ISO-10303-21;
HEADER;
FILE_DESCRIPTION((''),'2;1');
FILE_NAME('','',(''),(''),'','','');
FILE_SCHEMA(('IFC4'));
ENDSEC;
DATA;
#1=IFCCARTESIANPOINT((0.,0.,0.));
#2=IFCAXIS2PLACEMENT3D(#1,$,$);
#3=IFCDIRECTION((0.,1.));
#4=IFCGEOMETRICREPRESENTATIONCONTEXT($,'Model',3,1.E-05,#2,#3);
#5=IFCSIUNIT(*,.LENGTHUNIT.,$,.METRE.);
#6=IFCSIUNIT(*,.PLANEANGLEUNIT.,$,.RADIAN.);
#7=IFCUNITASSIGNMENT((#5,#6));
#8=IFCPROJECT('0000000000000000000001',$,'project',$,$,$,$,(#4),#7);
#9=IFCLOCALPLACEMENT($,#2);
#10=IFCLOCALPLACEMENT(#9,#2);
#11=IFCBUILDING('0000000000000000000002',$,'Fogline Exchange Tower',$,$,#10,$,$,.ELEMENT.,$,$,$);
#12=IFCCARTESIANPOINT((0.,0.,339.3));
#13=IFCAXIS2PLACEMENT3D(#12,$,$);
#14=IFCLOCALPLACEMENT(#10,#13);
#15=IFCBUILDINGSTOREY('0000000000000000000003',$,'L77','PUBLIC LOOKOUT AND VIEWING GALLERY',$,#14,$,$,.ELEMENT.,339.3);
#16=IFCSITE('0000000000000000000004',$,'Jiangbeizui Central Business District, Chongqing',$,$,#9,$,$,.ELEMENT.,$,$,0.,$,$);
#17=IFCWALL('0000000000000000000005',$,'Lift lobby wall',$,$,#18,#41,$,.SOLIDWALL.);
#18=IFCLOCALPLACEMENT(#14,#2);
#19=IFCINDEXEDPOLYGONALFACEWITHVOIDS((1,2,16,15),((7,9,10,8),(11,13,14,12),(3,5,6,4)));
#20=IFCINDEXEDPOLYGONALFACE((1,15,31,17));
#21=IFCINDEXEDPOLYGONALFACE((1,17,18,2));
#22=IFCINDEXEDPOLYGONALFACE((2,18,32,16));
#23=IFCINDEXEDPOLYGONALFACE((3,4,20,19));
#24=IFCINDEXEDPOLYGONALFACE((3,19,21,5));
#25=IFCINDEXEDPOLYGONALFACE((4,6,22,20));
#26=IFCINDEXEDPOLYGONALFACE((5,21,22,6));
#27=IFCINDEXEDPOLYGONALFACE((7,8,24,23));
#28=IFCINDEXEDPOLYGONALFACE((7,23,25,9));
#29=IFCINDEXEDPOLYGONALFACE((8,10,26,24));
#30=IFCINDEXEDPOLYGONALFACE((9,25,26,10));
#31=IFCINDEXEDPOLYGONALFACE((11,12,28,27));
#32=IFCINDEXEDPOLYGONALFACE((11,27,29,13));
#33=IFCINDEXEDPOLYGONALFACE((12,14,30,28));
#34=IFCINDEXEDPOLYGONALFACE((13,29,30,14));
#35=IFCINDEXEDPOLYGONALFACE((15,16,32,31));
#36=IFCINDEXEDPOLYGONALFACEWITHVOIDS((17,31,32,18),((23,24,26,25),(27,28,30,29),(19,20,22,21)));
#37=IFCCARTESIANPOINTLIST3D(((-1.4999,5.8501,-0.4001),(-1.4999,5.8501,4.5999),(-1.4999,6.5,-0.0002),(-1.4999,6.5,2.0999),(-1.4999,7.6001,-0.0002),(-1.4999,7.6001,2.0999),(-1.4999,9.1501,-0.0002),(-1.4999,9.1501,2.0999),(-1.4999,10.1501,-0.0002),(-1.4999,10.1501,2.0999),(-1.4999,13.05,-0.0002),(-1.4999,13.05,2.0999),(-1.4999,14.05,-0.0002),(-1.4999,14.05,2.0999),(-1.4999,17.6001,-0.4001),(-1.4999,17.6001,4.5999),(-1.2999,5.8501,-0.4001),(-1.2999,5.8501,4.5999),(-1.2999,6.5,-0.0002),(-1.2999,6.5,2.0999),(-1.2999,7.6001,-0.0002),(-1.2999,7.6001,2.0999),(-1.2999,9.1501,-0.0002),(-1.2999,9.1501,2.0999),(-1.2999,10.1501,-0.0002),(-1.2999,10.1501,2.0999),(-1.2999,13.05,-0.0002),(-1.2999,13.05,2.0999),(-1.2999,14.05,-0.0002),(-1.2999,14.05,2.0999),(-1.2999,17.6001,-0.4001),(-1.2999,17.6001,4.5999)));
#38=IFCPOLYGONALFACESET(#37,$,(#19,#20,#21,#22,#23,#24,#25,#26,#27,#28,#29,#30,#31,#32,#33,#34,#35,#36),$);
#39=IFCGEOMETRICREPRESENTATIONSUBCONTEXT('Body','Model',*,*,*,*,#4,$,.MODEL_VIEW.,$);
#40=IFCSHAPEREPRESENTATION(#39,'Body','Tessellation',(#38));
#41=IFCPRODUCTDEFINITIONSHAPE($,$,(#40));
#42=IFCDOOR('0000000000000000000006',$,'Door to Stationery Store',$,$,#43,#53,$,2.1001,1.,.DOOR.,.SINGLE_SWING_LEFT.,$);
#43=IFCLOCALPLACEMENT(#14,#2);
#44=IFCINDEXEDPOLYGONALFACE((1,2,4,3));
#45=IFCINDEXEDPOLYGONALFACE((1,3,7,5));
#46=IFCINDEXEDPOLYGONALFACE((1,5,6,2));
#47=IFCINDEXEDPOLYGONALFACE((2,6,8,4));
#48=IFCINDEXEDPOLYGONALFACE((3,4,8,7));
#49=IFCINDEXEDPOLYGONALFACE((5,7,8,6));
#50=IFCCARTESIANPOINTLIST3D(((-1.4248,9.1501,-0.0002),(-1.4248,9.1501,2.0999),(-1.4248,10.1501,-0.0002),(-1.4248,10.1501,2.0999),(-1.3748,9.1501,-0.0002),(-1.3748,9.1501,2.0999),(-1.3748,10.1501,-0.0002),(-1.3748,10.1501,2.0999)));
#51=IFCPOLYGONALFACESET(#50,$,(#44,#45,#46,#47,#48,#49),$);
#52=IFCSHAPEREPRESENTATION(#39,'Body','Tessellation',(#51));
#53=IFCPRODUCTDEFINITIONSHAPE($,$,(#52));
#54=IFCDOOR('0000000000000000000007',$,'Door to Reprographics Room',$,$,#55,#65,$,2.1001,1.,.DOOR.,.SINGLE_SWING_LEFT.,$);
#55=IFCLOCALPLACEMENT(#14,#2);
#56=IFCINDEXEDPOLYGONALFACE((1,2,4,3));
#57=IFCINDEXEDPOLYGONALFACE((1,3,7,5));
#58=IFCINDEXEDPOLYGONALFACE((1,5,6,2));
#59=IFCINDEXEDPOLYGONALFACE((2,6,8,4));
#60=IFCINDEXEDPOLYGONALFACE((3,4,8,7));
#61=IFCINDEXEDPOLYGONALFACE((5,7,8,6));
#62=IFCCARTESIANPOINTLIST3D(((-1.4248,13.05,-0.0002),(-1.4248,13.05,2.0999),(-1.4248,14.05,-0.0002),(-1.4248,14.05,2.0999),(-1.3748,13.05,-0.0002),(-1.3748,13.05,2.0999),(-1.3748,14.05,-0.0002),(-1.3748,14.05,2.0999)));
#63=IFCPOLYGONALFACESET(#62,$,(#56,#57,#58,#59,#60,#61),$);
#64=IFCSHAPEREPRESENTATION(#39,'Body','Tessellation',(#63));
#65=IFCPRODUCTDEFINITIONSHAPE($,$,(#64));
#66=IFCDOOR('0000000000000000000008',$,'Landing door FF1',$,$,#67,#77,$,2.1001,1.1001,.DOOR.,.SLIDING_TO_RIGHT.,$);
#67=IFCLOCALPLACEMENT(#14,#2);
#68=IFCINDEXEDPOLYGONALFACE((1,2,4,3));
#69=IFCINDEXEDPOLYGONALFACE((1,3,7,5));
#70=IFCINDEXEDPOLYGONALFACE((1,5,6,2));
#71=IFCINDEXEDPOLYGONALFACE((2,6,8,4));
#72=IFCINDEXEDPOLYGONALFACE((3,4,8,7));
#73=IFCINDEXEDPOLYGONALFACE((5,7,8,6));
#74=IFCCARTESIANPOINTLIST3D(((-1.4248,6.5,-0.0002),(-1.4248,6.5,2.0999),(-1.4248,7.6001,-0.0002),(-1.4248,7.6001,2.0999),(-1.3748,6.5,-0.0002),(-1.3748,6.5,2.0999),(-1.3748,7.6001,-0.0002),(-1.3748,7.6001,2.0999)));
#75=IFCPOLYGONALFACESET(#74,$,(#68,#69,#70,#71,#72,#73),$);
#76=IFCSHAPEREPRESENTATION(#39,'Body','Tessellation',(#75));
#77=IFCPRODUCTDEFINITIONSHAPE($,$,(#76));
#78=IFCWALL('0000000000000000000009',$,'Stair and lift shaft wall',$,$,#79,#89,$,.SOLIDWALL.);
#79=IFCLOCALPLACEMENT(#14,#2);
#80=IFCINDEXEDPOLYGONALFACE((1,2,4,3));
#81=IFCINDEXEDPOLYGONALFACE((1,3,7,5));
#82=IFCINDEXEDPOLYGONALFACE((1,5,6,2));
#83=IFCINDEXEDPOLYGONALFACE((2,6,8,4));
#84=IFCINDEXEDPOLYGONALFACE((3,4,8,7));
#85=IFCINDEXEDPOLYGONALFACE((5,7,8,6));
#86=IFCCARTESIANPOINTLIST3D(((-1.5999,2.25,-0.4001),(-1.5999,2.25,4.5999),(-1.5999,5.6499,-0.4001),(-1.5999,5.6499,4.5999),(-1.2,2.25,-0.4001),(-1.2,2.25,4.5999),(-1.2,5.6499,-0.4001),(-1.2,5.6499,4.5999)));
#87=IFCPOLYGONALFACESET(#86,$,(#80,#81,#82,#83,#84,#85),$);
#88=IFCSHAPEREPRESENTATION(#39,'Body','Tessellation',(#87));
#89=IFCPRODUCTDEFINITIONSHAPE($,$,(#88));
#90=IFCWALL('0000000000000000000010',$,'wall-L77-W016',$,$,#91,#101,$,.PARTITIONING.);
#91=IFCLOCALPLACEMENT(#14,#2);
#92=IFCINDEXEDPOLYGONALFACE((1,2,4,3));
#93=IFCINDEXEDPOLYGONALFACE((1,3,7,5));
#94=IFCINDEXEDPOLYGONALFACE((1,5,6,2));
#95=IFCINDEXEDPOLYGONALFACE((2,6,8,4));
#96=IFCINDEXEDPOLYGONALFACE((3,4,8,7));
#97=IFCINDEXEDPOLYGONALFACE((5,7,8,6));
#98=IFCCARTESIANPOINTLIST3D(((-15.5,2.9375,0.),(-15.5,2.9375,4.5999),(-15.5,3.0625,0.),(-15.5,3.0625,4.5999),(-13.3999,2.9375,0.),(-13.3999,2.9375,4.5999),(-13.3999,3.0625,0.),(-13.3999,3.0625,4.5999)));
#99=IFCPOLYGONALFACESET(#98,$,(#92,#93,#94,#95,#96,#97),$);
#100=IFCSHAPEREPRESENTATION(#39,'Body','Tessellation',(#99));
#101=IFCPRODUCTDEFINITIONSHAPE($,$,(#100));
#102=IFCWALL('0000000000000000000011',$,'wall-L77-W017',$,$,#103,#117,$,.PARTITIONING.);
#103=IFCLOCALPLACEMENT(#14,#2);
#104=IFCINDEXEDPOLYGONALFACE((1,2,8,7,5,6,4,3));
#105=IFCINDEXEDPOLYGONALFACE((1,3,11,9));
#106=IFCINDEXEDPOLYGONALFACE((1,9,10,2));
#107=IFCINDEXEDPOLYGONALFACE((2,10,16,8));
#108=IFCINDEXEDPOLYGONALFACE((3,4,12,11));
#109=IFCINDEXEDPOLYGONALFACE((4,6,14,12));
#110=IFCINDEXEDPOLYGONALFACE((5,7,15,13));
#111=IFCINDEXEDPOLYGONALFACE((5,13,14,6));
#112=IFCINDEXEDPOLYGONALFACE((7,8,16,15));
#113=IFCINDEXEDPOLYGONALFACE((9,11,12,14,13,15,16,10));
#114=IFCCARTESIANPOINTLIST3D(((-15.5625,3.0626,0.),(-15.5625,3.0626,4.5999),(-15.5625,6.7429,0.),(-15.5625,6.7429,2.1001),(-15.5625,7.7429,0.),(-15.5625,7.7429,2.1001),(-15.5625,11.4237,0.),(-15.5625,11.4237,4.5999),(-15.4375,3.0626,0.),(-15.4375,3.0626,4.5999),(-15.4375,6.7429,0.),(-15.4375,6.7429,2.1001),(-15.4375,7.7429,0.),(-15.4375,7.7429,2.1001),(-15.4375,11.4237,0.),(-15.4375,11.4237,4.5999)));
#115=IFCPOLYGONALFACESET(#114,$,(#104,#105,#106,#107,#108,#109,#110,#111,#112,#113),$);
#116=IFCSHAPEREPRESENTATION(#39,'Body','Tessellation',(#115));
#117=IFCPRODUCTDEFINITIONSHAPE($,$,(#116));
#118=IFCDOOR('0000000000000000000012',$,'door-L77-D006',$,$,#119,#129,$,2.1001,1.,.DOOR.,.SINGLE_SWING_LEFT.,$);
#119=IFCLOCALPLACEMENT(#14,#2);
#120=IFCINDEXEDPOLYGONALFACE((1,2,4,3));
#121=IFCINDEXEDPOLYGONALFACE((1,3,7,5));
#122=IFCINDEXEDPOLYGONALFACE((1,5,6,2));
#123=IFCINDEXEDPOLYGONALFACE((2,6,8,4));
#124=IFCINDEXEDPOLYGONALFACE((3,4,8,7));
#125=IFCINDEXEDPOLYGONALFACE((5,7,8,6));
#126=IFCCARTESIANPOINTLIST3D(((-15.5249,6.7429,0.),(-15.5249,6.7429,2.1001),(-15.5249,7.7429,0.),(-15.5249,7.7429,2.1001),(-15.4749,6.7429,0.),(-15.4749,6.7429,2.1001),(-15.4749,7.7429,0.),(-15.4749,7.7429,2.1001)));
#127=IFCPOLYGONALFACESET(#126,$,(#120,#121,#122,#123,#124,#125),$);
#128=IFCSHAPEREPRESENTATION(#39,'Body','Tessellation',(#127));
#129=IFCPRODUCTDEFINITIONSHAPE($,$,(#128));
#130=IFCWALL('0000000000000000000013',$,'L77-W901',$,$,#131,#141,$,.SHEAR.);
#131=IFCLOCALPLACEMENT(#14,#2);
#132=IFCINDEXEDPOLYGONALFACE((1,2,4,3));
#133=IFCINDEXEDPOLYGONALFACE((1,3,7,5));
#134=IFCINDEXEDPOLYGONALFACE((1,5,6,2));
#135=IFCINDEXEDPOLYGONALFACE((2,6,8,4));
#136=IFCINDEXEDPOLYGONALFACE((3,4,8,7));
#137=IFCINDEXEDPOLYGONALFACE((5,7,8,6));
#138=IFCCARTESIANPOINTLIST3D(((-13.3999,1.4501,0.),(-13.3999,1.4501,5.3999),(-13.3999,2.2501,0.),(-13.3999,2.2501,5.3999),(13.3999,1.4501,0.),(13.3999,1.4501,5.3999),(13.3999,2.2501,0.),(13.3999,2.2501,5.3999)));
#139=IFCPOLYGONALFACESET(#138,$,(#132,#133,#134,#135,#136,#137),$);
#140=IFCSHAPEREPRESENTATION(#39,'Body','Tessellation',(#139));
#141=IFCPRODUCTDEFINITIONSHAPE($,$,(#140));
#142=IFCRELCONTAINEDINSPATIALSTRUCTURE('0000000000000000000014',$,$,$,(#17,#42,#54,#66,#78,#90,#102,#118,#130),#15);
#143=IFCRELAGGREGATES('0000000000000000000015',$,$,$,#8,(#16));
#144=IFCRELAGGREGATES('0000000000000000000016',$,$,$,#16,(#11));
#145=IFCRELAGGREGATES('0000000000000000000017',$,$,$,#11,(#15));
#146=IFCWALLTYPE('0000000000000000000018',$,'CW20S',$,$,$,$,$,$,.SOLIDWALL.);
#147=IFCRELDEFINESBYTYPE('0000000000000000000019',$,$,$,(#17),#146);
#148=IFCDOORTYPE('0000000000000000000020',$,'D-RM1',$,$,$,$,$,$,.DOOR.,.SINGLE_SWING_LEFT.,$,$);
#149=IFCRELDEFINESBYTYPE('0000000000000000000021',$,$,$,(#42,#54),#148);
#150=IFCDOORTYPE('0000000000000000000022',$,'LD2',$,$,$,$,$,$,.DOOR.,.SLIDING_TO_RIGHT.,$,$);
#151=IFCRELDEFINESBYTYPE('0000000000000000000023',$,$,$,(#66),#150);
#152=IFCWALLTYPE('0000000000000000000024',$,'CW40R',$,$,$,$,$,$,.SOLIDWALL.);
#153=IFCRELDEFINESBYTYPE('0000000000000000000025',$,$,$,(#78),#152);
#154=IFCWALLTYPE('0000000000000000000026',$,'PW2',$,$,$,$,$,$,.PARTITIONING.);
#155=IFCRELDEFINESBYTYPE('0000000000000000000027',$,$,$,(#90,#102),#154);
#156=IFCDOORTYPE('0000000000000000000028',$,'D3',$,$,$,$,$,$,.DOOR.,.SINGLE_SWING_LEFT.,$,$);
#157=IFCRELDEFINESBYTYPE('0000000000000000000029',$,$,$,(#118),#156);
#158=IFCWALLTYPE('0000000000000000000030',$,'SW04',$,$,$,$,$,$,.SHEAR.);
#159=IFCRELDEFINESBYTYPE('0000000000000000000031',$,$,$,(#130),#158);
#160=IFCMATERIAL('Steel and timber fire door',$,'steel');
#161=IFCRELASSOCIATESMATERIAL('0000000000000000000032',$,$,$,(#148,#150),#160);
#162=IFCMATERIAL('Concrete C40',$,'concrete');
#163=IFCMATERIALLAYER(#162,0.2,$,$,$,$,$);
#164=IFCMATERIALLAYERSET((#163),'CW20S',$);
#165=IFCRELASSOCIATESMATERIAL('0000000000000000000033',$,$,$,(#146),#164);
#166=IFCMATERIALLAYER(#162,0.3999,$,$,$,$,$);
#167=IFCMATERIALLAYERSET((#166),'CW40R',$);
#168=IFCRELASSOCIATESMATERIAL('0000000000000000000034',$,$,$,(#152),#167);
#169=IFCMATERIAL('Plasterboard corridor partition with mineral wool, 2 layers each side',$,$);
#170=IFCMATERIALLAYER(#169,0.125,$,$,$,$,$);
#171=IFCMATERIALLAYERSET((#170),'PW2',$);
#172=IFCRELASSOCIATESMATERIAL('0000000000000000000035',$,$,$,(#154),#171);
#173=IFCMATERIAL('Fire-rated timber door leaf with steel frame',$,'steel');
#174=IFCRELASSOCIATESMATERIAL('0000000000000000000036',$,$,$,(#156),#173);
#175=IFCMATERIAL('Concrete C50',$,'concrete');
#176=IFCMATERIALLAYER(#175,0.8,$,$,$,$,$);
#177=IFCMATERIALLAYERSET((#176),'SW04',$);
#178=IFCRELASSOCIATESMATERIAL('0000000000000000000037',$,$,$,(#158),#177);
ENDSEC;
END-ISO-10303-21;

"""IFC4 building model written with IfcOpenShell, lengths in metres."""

from ifc_helpers import new_model, si_unit, direction, frame, frame_2d, origin, place, context, subcontext, project, spatial, rectangle, extrude, material, layer, layer_set, type_object, element, fill, save


model = new_model("IFC4")

# Units and contexts
model_context = context("Model", 3, precision=1e-05, world=origin(), true_north=direction((0.0, 1.0)))
body_context = subcontext(model_context, "Body", "Model", "MODEL_VIEW")
ifc_project = project(units=[si_unit("LENGTHUNIT", "METRE"), si_unit("PLANEANGLEUNIT", "RADIAN")], contexts=[model_context])

# Site, building, storey
site_placement = place(None, origin())
site = spatial("IfcSite", under=ifc_project, at=site_placement, Name="Jiangbeizui Central Business District, Chongqing", CompositionType="ELEMENT", RefElevation=0.0)
building_placement = place(site_placement, origin())
building = spatial("IfcBuilding", under=site, at=building_placement, Name="Fogline Exchange Tower", CompositionType="ELEMENT")
storey_placement = place(building_placement, frame((0.0, 0.0, 339.3)))
storey = spatial("IfcBuildingStorey", under=building, at=storey_placement, Name="L77", Description="PUBLIC LOOKOUT AND VIEWING GALLERY", CompositionType="ELEMENT", Elevation=339.3)

# Shared definitions
ifc_material_1 = material(Name="Concrete C40", Category="concrete")

# Shared definitions
ifc_material_2 = material(Name="Steel and timber fire door", Category="steel")

# Shared definitions
door_type_1 = type_object("IfcDoorType", Name="D-RM1", OperationType="SINGLE_SWING_LEFT", PredefinedType="DOOR", material=ifc_material_2)

# Wall, openings, doors
ifc_layer_1 = layer(ifc_material_1, 0.2)
ifc_layer_set_1 = layer_set([ifc_layer_1], Name="CW20S")
wall_type_1 = type_object("IfcWallType", Name="CW20S", PredefinedType="SOLIDWALL", material=ifc_layer_set_1)
wall_1_placement = place(storey_placement, frame((-1.3999, 5.8501, -0.4001), z_axis=(0.0, 0.0, 1.0), x_axis=(0.0, 1.0, 0.0)))
wall_1 = element("IfcWall", 1, at=wall_1_placement, inside=storey, type_object=wall_type_1, Name="Lift lobby wall", PredefinedType="SOLIDWALL", context=body_context, shape_type="SweptSolid", body=[
    extrude(rectangle(XDim=11.75, YDim=0.2, at=frame_2d((5.875, 0.0))), origin(), (0.0, 0.0, 1.0), 5.0),
])
opening_1_placement = place(wall_1_placement, frame((0.6499, 0.0, 0.3999)))
opening_1 = element("IfcOpeningElement", 2, at=opening_1_placement, cuts=wall_1, PredefinedType="OPENING", context=body_context, shape_type="SweptSolid", body=[
    extrude(rectangle(XDim=1.1001, YDim=2.1001, at=frame_2d((0.55, 1.05))), frame((0.0, 0.1099, 0.0), z_axis=(0.0, -1.0, 0.0), x_axis=(1.0, 0.0, 0.0)), (0.0, 0.0, 1.0), 0.22),
])
opening_2_placement = place(wall_1_placement, frame((3.3, 0.0, 0.3999)))
opening_2 = element("IfcOpeningElement", 3, at=opening_2_placement, cuts=wall_1, PredefinedType="OPENING", context=body_context, shape_type="SweptSolid", body=[
    extrude(rectangle(XDim=1.0, YDim=2.1001, at=frame_2d((0.5, 1.05))), frame((0.0, 0.1099, 0.0), z_axis=(0.0, -1.0, 0.0), x_axis=(1.0, 0.0, 0.0)), (0.0, 0.0, 1.0), 0.22),
])
opening_3_placement = place(wall_1_placement, frame((7.2, 0.0, 0.3999)))
opening_3 = element("IfcOpeningElement", 4, at=opening_3_placement, cuts=wall_1, PredefinedType="OPENING", context=body_context, shape_type="SweptSolid", body=[
    extrude(rectangle(XDim=1.0, YDim=2.1001, at=frame_2d((0.5, 1.05))), frame((0.0, 0.1099, 0.0), z_axis=(0.0, -1.0, 0.0), x_axis=(1.0, 0.0, 0.0)), (0.0, 0.0, 1.0), 0.22),
])
door_1_placement = place(opening_2_placement, origin())
door_1 = element("IfcDoor", 5, at=door_1_placement, inside=storey, type_object=door_type_1, Name="Door to Stationery Store", OperationType="SINGLE_SWING_LEFT", OverallHeight=2.1001, OverallWidth=1.0, PredefinedType="DOOR", context=body_context, shape_type="SweptSolid", body=[
    extrude(rectangle(XDim=1.0, YDim=2.1001, at=frame_2d((0.5, 1.05))), frame((0.0, 0.0249, 0.0), z_axis=(0.0, -1.0, 0.0), x_axis=(1.0, 0.0, 0.0)), (0.0, 0.0, 1.0), 0.05),
])
fill(opening_2, door_1)
door_2_placement = place(opening_3_placement, origin())
door_2 = element("IfcDoor", 6, at=door_2_placement, inside=storey, type_object=door_type_1, Name="Door to Reprographics Room", OperationType="SINGLE_SWING_LEFT", OverallHeight=2.1001, OverallWidth=1.0, PredefinedType="DOOR", context=body_context, shape_type="SweptSolid", body=[
    extrude(rectangle(XDim=1.0, YDim=2.1001, at=frame_2d((0.5, 1.05))), frame((0.0, 0.0249, 0.0), z_axis=(0.0, -1.0, 0.0), x_axis=(1.0, 0.0, 0.0)), (0.0, 0.0, 1.0), 0.05),
])
fill(opening_3, door_2)
door_type_2 = type_object("IfcDoorType", Name="LD2", OperationType="SLIDING_TO_RIGHT", PredefinedType="DOOR", material=ifc_material_2)
door_3_placement = place(opening_1_placement, origin())
door_3 = element("IfcDoor", 7, at=door_3_placement, inside=storey, type_object=door_type_2, Name="Landing door FF1", OperationType="SLIDING_TO_RIGHT", OverallHeight=2.1001, OverallWidth=1.1001, PredefinedType="DOOR", context=body_context, shape_type="SweptSolid", body=[
    extrude(rectangle(XDim=1.1001, YDim=2.1001, at=frame_2d((0.55, 1.05))), frame((0.0, 0.0249, 0.0), z_axis=(0.0, -1.0, 0.0), x_axis=(1.0, 0.0, 0.0)), (0.0, 0.0, 1.0), 0.05),
])
fill(opening_1, door_3)

# Walls
ifc_layer_2 = layer(ifc_material_1, 0.3999)
ifc_layer_set_2 = layer_set([ifc_layer_2], Name="CW40R")
wall_type_2 = type_object("IfcWallType", Name="CW40R", PredefinedType="SOLIDWALL", material=ifc_layer_set_2)
wall_2_placement = place(storey_placement, frame((-1.3999, 2.25, -0.4001), z_axis=(0.0, 0.0, 1.0), x_axis=(0.0, 1.0, 0.0)))
element("IfcWall", 8, at=wall_2_placement, inside=storey, type_object=wall_type_2, Name="Stair and lift shaft wall", PredefinedType="SOLIDWALL", context=body_context, shape_type="SweptSolid", body=[
    extrude(rectangle(XDim=3.3999, YDim=0.3999, at=frame_2d((1.7, 0.0))), origin(), (0.0, 0.0, 1.0), 5.0),
])
ifc_material_3 = material(Name="Plasterboard corridor partition with mineral wool, 2 layers each side")
ifc_layer_3 = layer(ifc_material_3, 0.125)
ifc_layer_set_3 = layer_set([ifc_layer_3], Name="PW2")
wall_type_3 = type_object("IfcWallType", Name="PW2", PredefinedType="PARTITIONING", material=ifc_layer_set_3)
wall_3_placement = place(storey_placement, frame((-13.3999, 3.0, 0.0), z_axis=(0.0, 0.0, 1.0), x_axis=(-1.0, 0.0, 0.0)))
element("IfcWall", 9, at=wall_3_placement, inside=storey, type_object=wall_type_3, Name="wall-L77-W016", PredefinedType="PARTITIONING", context=body_context, shape_type="SweptSolid", body=[
    extrude(rectangle(XDim=2.1001, YDim=0.125, at=frame_2d((1.05, 0.0))), origin(), (0.0, 0.0, 1.0), 4.5999),
])

# Wall, opening, door
wall_4_placement = place(storey_placement, frame((-15.5, 3.0625, 0.0), z_axis=(0.0, 0.0, 1.0), x_axis=(0.0, 1.0, 0.0)))
wall_4 = element("IfcWall", 10, at=wall_4_placement, inside=storey, type_object=wall_type_3, Name="wall-L77-W017", PredefinedType="PARTITIONING", context=body_context, shape_type="SweptSolid", body=[
    extrude(rectangle(XDim=8.3611, YDim=0.125, at=frame_2d((4.1807, 0.0))), origin(), (0.0, 0.0, 1.0), 4.5999),
])
opening_4_placement = place(wall_4_placement, frame((3.6804, 0.0, 0.0)))
opening_4 = element("IfcOpeningElement", 11, at=opening_4_placement, cuts=wall_4, PredefinedType="OPENING", context=body_context, shape_type="SweptSolid", body=[
    extrude(rectangle(XDim=1.0, YDim=2.1001, at=frame_2d((0.5, 1.05))), frame((0.0, 0.0725, 0.0), z_axis=(0.0, -1.0, 0.0), x_axis=(1.0, 0.0, 0.0)), (0.0, 0.0, 1.0), 0.145),
])
ifc_material_4 = material(Name="Fire-rated timber door leaf with steel frame", Category="steel")
door_type_3 = type_object("IfcDoorType", Name="D3", OperationType="SINGLE_SWING_LEFT", PredefinedType="DOOR", material=ifc_material_4)
door_4_placement = place(opening_4_placement, origin())
door_4 = element("IfcDoor", 12, at=door_4_placement, inside=storey, type_object=door_type_3, Name="door-L77-D006", OperationType="SINGLE_SWING_LEFT", OverallHeight=2.1001, OverallWidth=1.0, PredefinedType="DOOR", context=body_context, shape_type="SweptSolid", body=[
    extrude(rectangle(XDim=1.0, YDim=2.1001, at=frame_2d((0.5, 1.05))), frame((0.0, 0.0249, 0.0), z_axis=(0.0, -1.0, 0.0), x_axis=(1.0, 0.0, 0.0)), (0.0, 0.0, 1.0), 0.05),
])
fill(opening_4, door_4)

# Wall
ifc_material_5 = material(Name="Concrete C50", Category="concrete")
ifc_layer_4 = layer(ifc_material_5, 0.8)
ifc_layer_set_4 = layer_set([ifc_layer_4], Name="SW04")
wall_type_4 = type_object("IfcWallType", Name="SW04", PredefinedType="SHEAR", material=ifc_layer_set_4)
wall_5_placement = place(storey_placement, frame((-13.3999, 1.8501, 0.0), z_axis=(0.0, 0.0, 1.0), x_axis=(1.0, 0.0, 0.0)))
element("IfcWall", 13, at=wall_5_placement, inside=storey, type_object=wall_type_4, Name="L77-W901", PredefinedType="SHEAR", context=body_context, shape_type="SweptSolid", body=[
    extrude(rectangle(XDim=26.7998, YDim=0.8, at=frame_2d((13.3999, 0.0))), origin(), (0.0, 0.0, 1.0), 5.3999),
])

save(model, "model.ifc")
